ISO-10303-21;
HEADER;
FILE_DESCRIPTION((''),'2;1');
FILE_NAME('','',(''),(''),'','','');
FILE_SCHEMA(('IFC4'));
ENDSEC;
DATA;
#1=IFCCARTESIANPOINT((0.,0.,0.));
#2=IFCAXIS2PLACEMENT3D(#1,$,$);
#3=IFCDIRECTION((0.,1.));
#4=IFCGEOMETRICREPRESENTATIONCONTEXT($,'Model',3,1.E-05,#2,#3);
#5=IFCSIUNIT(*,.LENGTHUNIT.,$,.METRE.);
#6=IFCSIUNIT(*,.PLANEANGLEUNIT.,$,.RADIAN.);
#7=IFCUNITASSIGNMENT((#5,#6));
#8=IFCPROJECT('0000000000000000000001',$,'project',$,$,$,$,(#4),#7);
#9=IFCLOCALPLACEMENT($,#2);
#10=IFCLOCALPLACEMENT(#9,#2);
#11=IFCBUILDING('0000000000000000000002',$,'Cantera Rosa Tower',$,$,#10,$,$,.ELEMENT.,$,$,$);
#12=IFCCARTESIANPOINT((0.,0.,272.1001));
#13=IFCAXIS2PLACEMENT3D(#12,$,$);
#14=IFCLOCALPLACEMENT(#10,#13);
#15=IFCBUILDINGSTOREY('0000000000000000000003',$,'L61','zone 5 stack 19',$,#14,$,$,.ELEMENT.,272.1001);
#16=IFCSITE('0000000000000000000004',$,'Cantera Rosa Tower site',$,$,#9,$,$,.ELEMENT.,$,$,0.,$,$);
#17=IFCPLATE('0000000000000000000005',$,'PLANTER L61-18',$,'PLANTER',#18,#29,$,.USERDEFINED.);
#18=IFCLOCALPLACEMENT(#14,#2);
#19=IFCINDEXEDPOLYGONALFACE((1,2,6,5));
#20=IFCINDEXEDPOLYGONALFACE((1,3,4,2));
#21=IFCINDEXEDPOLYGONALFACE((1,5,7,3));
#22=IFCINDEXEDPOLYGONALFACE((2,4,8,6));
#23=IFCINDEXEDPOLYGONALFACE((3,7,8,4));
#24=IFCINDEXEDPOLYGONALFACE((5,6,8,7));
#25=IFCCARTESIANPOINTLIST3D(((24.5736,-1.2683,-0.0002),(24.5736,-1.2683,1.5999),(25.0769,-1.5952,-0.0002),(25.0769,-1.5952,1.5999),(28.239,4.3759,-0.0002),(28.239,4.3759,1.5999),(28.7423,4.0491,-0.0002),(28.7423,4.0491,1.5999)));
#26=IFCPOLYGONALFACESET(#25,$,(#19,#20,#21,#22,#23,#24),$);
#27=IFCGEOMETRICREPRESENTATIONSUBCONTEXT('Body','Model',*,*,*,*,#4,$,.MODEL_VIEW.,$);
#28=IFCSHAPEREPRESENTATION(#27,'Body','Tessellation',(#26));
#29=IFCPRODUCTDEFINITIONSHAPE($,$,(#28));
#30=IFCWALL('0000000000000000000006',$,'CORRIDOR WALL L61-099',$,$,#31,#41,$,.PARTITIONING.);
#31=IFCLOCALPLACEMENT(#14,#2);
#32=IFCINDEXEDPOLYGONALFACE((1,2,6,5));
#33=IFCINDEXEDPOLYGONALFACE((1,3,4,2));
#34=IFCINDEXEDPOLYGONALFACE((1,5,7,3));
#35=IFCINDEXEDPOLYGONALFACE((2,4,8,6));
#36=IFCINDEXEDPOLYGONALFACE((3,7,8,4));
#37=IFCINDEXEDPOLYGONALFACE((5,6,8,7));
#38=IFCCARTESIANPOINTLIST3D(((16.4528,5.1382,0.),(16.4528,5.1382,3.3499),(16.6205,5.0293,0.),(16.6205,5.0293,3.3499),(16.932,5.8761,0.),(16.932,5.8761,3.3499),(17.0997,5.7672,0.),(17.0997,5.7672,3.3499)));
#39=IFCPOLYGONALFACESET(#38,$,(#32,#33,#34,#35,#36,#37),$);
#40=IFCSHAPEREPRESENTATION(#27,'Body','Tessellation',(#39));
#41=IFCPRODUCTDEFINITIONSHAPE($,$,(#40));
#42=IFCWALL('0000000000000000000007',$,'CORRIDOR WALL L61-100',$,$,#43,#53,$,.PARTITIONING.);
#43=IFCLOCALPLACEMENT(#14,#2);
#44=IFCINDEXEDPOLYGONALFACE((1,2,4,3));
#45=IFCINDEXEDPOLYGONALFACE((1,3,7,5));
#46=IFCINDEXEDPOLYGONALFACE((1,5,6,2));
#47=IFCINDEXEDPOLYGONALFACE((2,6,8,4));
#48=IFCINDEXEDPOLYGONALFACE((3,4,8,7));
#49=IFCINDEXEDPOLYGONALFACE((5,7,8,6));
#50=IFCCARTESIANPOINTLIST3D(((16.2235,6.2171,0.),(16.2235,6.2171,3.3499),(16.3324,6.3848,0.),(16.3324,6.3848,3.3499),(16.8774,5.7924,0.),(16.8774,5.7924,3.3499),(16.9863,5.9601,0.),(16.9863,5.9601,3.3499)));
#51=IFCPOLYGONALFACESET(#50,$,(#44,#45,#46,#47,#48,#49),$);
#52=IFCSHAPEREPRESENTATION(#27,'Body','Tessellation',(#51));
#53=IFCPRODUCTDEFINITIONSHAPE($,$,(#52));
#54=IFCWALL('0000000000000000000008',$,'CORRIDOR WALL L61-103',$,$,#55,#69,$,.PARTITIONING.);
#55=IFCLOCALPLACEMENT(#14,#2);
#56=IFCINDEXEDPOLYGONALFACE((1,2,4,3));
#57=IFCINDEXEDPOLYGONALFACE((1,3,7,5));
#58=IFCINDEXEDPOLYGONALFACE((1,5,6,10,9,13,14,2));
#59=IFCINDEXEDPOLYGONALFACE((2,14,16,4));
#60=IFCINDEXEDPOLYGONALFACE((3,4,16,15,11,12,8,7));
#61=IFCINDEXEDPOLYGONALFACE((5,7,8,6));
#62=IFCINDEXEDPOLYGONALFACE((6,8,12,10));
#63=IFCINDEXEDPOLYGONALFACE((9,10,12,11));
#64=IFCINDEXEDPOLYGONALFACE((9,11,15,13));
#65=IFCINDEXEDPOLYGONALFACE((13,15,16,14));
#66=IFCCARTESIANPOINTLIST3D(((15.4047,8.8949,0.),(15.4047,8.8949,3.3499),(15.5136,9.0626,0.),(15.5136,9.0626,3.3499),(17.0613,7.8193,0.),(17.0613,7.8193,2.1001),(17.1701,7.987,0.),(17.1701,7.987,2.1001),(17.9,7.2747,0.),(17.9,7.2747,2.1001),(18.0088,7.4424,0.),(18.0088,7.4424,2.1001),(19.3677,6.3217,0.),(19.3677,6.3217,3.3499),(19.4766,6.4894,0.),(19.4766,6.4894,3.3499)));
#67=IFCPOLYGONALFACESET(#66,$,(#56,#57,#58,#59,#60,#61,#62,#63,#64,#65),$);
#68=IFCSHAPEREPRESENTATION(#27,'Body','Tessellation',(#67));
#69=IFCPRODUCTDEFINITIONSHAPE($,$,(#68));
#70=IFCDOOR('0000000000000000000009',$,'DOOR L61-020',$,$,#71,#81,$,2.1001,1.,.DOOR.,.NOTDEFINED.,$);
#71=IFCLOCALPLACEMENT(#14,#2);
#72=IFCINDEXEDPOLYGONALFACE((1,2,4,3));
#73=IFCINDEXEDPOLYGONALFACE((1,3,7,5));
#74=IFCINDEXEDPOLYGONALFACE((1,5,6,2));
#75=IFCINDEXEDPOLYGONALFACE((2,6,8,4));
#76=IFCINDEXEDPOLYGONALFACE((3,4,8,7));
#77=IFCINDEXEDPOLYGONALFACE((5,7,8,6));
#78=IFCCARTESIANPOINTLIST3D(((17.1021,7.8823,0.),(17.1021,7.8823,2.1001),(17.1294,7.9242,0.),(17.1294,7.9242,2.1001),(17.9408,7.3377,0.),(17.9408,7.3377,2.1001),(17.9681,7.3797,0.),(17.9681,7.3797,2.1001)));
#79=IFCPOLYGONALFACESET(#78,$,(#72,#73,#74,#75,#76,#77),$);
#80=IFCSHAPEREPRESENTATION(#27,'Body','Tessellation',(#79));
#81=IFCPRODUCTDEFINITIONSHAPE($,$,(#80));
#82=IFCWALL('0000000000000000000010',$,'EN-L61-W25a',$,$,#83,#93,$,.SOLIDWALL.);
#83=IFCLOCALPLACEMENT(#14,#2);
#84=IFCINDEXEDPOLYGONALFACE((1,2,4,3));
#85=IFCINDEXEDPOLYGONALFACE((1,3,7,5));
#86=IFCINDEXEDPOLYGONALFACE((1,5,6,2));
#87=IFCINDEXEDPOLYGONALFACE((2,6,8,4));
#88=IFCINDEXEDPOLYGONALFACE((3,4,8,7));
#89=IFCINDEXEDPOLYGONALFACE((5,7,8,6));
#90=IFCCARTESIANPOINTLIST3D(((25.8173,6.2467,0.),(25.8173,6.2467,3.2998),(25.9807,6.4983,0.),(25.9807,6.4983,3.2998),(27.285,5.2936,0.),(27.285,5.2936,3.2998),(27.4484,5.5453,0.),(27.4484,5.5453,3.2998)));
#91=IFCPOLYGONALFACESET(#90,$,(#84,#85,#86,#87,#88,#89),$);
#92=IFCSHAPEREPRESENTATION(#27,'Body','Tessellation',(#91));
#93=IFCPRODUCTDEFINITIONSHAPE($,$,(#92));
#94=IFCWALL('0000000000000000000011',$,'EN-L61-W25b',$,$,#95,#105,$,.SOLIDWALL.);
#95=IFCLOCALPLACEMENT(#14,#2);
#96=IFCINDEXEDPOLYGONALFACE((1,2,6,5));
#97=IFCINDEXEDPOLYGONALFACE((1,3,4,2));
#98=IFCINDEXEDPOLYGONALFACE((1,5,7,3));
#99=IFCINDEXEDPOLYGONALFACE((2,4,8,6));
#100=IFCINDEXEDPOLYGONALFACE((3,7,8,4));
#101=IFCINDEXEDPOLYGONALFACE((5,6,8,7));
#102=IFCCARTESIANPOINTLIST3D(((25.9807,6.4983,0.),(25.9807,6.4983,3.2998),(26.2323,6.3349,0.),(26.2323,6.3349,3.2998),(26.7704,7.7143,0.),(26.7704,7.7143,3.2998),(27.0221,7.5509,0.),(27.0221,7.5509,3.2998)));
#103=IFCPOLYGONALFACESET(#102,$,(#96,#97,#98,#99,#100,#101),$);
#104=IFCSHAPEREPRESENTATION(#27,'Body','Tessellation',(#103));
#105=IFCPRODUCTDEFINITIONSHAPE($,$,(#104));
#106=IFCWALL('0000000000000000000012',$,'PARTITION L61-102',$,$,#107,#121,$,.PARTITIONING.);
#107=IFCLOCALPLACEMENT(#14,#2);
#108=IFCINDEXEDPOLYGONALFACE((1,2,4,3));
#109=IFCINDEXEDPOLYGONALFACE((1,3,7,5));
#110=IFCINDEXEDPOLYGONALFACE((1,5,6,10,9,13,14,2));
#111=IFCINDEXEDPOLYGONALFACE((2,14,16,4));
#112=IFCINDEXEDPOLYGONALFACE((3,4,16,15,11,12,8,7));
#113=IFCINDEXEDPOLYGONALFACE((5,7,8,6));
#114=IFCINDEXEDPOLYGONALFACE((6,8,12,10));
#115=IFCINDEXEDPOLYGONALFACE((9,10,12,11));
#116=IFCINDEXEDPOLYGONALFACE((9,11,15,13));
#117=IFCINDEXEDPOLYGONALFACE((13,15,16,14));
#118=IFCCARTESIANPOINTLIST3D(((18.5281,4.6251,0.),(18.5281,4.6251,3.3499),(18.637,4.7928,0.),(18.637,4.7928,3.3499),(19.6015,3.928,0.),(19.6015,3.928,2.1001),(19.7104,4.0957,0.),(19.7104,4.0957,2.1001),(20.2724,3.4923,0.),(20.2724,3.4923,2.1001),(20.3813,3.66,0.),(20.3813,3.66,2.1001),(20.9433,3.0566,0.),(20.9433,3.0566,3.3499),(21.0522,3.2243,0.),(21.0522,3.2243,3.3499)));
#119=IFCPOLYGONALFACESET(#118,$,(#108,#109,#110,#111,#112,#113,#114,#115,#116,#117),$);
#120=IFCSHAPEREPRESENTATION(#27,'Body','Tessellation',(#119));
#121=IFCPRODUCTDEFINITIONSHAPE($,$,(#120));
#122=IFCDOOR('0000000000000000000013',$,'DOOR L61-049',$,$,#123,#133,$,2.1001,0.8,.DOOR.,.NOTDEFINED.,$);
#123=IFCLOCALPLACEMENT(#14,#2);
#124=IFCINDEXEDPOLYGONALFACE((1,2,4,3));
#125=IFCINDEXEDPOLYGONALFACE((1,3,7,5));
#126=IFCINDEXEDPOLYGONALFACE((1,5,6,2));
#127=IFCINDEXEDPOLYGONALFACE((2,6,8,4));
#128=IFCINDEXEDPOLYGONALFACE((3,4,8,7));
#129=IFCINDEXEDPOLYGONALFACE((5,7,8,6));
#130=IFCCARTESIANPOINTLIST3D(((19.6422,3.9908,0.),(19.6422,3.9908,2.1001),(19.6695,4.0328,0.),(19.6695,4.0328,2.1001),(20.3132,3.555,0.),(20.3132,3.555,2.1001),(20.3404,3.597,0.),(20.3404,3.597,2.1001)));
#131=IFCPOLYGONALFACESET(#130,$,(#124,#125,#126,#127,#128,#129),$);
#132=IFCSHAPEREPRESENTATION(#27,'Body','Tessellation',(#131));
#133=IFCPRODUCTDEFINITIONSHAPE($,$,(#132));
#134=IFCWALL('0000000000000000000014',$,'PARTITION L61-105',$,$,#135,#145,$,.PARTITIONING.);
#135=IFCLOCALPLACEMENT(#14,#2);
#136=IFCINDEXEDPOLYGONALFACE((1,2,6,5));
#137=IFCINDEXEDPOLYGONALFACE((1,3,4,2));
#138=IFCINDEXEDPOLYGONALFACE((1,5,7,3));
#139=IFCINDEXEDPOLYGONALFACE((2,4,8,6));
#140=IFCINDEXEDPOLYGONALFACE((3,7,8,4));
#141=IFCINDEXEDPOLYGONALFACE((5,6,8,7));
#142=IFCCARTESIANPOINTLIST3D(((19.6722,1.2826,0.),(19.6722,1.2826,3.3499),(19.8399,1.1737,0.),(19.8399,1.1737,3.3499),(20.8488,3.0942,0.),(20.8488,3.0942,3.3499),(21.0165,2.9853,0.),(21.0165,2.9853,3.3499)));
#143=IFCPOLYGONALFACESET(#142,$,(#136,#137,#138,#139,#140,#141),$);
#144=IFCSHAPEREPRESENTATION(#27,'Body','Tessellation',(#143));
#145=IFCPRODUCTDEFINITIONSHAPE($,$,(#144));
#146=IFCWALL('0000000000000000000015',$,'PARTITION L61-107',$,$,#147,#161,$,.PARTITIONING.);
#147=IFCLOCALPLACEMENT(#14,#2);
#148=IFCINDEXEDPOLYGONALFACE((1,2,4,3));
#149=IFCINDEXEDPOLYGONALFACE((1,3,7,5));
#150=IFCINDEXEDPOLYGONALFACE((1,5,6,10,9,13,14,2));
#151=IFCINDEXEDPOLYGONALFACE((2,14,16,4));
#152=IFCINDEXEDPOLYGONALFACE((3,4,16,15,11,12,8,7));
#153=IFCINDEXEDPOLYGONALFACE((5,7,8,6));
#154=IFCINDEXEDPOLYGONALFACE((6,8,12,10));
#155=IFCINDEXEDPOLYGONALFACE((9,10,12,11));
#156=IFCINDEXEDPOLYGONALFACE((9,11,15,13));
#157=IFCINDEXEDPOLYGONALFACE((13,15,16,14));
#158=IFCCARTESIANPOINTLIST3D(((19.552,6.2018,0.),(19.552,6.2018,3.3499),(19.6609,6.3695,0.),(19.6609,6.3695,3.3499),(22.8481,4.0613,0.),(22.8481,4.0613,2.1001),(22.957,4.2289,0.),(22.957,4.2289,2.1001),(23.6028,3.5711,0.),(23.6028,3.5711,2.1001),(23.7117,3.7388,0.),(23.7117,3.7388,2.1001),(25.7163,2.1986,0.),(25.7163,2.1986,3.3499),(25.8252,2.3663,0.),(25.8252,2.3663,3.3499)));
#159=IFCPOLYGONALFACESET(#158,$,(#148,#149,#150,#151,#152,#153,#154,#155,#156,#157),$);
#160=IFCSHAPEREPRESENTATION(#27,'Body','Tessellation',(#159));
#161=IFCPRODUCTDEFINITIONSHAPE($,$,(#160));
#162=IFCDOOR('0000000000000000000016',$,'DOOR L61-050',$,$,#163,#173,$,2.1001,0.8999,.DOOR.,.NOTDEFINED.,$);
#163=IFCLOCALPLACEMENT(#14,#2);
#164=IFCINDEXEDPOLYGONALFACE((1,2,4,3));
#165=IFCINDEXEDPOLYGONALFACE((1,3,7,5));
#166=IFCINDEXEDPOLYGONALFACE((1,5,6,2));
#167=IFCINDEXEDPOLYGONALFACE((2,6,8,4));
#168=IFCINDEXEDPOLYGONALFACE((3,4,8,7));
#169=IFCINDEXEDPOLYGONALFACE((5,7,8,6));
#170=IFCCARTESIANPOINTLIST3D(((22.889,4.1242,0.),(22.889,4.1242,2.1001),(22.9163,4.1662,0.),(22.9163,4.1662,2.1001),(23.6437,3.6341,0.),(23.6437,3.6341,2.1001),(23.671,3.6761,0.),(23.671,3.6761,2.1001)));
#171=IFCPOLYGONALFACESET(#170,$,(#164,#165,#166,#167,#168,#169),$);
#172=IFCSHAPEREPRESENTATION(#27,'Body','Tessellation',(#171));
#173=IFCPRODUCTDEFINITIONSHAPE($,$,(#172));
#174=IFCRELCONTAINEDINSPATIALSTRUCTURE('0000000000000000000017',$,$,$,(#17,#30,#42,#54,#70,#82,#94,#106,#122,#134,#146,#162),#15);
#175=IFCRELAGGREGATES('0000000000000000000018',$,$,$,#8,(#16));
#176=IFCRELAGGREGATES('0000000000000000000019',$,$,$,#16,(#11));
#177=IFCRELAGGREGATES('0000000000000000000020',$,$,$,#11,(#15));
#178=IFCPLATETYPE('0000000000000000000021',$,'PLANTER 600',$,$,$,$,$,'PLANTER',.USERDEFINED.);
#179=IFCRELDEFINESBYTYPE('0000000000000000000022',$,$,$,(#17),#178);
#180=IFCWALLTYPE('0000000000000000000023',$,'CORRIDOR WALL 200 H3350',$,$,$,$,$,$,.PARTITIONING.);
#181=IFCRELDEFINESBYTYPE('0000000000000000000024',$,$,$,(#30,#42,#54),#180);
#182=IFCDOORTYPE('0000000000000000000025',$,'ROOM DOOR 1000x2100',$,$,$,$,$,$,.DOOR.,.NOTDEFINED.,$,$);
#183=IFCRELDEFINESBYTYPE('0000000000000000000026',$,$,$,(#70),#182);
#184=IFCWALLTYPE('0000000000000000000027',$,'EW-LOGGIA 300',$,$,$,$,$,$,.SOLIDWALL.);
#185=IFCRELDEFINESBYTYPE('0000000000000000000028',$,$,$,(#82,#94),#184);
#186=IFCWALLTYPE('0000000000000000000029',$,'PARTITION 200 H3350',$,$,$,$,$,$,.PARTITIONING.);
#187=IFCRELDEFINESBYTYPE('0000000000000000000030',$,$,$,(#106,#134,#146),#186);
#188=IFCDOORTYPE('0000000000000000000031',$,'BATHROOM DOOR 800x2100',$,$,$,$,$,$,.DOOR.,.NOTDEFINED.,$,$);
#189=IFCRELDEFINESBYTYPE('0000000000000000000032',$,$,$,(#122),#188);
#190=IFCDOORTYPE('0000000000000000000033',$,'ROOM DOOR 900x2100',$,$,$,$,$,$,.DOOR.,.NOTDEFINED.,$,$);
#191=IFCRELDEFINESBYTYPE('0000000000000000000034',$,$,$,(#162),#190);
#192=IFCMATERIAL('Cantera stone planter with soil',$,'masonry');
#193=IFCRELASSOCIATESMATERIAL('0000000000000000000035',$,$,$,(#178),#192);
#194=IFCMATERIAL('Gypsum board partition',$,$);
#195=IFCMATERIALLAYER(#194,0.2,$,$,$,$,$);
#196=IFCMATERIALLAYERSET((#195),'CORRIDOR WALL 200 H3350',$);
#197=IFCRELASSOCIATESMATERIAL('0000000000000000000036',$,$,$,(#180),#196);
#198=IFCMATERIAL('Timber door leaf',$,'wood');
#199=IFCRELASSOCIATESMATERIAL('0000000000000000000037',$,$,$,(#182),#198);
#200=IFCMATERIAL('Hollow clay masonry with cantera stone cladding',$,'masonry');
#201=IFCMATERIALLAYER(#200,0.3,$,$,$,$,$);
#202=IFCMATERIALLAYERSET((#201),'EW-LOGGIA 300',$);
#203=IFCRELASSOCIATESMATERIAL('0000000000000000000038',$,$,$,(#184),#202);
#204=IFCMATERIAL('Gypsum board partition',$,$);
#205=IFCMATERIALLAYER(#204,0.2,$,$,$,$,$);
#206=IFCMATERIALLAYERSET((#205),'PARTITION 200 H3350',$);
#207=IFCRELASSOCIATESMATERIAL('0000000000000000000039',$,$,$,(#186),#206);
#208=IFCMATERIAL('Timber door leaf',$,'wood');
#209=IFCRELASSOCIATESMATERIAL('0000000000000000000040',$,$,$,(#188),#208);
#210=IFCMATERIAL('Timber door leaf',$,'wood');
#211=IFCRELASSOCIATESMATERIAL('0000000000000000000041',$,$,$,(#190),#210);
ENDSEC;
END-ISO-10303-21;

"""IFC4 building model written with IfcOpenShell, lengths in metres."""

from ifc_helpers import new_model, si_unit, direction, frame, frame_2d, origin, origin_2d, place, context, subcontext, project, spatial, rectangle, extrude, material, layer, layer_set, type_object, element, fill, save


model = new_model("IFC4")

# Units and contexts
model_context = context("Model", 3, precision=1e-05, world=origin(), true_north=direction((0.0, 1.0)))
body_context = subcontext(model_context, "Body", "Model", "MODEL_VIEW")
ifc_project = project(units=[si_unit("LENGTHUNIT", "METRE"), si_unit("PLANEANGLEUNIT", "RADIAN")], contexts=[model_context])

# Site, building, storey
site_placement = place(None, origin())
site = spatial("IfcSite", under=ifc_project, at=site_placement, Name="Cantera Rosa Tower site", CompositionType="ELEMENT", RefElevation=0.0)
building_placement = place(site_placement, origin())
building = spatial("IfcBuilding", under=site, at=building_placement, Name="Cantera Rosa Tower", CompositionType="ELEMENT")
storey_placement = place(building_placement, frame((0.0, 0.0, 272.1001)))
storey = spatial("IfcBuildingStorey", under=building, at=storey_placement, Name="L61", Description="zone 5 stack 19", CompositionType="ELEMENT", Elevation=272.1001)

# Plate
ifc_material_1 = material(Name="Cantera stone planter with soil", Category="masonry")
plate_type = type_object("IfcPlateType", Name="PLANTER 600", ElementType="PLANTER", PredefinedType="USERDEFINED", material=ifc_material_1)
plate_placement = place(storey_placement, frame((26.658, 1.3904, -0.0002), z_axis=(0.0, 0.0, 1.0), x_axis=(0.544639, 0.838671, 0.0)))
element("IfcPlate", 1, at=plate_placement, inside=storey, type_object=plate_type, Name="PLANTER L61-18", ObjectType="PLANTER", PredefinedType="USERDEFINED", context=body_context, shape_type="SweptSolid", body=[
    extrude(rectangle(XDim=6.73, YDim=0.6001, at=origin_2d()), origin(), (0.0, 0.0, 1.0), 1.6001),
])

# Walls
ifc_material_2 = material(Name="Gypsum board partition")
ifc_layer_1 = layer(ifc_material_2, 0.2)
ifc_layer_set_1 = layer_set([ifc_layer_1], Name="CORRIDOR WALL 200 H3350")
wall_type_1 = type_object("IfcWallType", Name="CORRIDOR WALL 200 H3350", PredefinedType="PARTITIONING", material=ifc_layer_set_1)
wall_1_placement = place(storey_placement, frame((16.5366, 5.0837, 0.0), z_axis=(0.0, 0.0, 1.0), x_axis=(0.544608, 0.838691, 0.0)))
element("IfcWall", 2, at=wall_1_placement, inside=storey, type_object=wall_type_1, Name="CORRIDOR WALL L61-099", PredefinedType="PARTITIONING", context=body_context, shape_type="SweptSolid", body=[
    extrude(rectangle(XDim=0.8799, YDim=0.2, at=frame_2d((0.4399, 0.0))), origin(), (0.0, 0.0, 1.0), 3.3499),
])
wall_2_placement = place(storey_placement, frame((16.9319, 5.8762, 0.0), z_axis=(0.0, 0.0, 1.0), x_axis=(-0.838637, 0.544691, 0.0)))
element("IfcWall", 3, at=wall_2_placement, inside=storey, type_object=wall_type_1, Name="CORRIDOR WALL L61-100", PredefinedType="PARTITIONING", context=body_context, shape_type="SweptSolid", body=[
    extrude(rectangle(XDim=0.7798, YDim=0.2, at=frame_2d((0.3899, 0.0))), origin(), (0.0, 0.0, 1.0), 3.3499),
])

# Wall, opening, door
wall_3_placement = place(storey_placement, frame((19.4221, 6.4055, 0.0), z_axis=(0.0, 0.0, 1.0), x_axis=(-0.838699, 0.544596, 0.0)))
wall_3 = element("IfcWall", 4, at=wall_3_placement, inside=storey, type_object=wall_type_1, Name="CORRIDOR WALL L61-103", PredefinedType="PARTITIONING", context=body_context, shape_type="SweptSolid", body=[
    extrude(rectangle(XDim=4.7251, YDim=0.2, at=frame_2d((2.3625, 0.0))), origin(), (0.0, 0.0, 1.0), 3.3499),
])
opening_1_placement = place(wall_3_placement, frame((1.75, 0.0, 0.0)))
opening_1 = element("IfcOpeningElement", 5, at=opening_1_placement, cuts=wall_3, PredefinedType="OPENING", context=body_context, shape_type="SweptSolid", body=[
    extrude(rectangle(XDim=1.0, YDim=2.1001, at=frame_2d((0.5, 1.05))), frame((0.0, 0.1099, 0.0), z_axis=(0.0, -1.0, 0.0), x_axis=(1.0, 0.0, 0.0)), (0.0, 0.0, 1.0), 0.22),
])
ifc_material_3 = material(Name="Timber door leaf", Category="wood")
door_type_1 = type_object("IfcDoorType", Name="ROOM DOOR 1000x2100", OperationType="NOTDEFINED", PredefinedType="DOOR", material=ifc_material_3)
door_1_placement = place(opening_1_placement, origin())
door_1 = element("IfcDoor", 6, at=door_1_placement, inside=storey, type_object=door_type_1, Name="DOOR L61-020", OperationType="NOTDEFINED", OverallHeight=2.1001, OverallWidth=1.0, PredefinedType="DOOR", context=body_context, shape_type="SweptSolid", body=[
    extrude(rectangle(XDim=1.0, YDim=2.1001, at=frame_2d((0.5, 1.05))), frame((0.0, 0.0249, 0.0), z_axis=(0.0, -1.0, 0.0), x_axis=(1.0, 0.0, 0.0)), (0.0, 0.0, 1.0), 0.05),
])
fill(opening_1, door_1)

# Walls
ifc_material_4 = material(Name="Hollow clay masonry with cantera stone cladding", Category="masonry")
ifc_layer_2 = layer(ifc_material_4, 0.3)
ifc_layer_set_2 = layer_set([ifc_layer_2], Name="EW-LOGGIA 300")
wall_type_2 = type_object("IfcWallType", Name="EW-LOGGIA 300", PredefinedType="SOLIDWALL", material=ifc_layer_set_2)
wall_4_placement = place(storey_placement, frame((27.3667, 5.4194, 0.0), z_axis=(0.0, 0.0, 1.0), x_axis=(-0.838686, 0.544616, 0.0)))
element("IfcWall", 7, at=wall_4_placement, inside=storey, type_object=wall_type_2, Name="EN-L61-W25a", PredefinedType="SOLIDWALL", context=body_context, shape_type="SweptSolid", body=[
    extrude(rectangle(XDim=1.75, YDim=0.3, at=frame_2d((0.875, 0.0))), origin(), (0.0, 0.0, 1.0), 3.2998),
])
wall_5_placement = place(storey_placement, frame((26.1064, 6.4165, 0.0), z_axis=(0.0, 0.0, 1.0), x_axis=(0.544675, 0.838647, 0.0)))
element("IfcWall", 8, at=wall_5_placement, inside=storey, type_object=wall_type_2, Name="EN-L61-W25b", PredefinedType="SOLIDWALL", context=body_context, shape_type="SweptSolid", body=[
    extrude(rectangle(XDim=1.45, YDim=0.3, at=frame_2d((0.7251, 0.0))), origin(), (0.0, 0.0, 1.0), 3.2998),
])

# Wall, opening, door
ifc_material_5 = material(Name="Gypsum board partition")
ifc_layer_3 = layer(ifc_material_5, 0.2)
ifc_layer_set_3 = layer_set([ifc_layer_3], Name="PARTITION 200 H3350")
wall_type_3 = type_object("IfcWallType", Name="PARTITION 200 H3350", PredefinedType="PARTITIONING", material=ifc_layer_set_3)
wall_6_placement = place(storey_placement, frame((18.5825, 4.709, 0.0), z_axis=(0.0, 0.0, 1.0), x_axis=(0.838655, -0.544664, 0.0)))
wall_6 = element("IfcWall", 9, at=wall_6_placement, inside=storey, type_object=wall_type_3, Name="PARTITION L61-102", PredefinedType="PARTITIONING", context=body_context, shape_type="SweptSolid", body=[
    extrude(rectangle(XDim=2.8799, YDim=0.2, at=frame_2d((1.4399, 0.0))), origin(), (0.0, 0.0, 1.0), 3.3499),
])
opening_2_placement = place(wall_6_placement, frame((1.28, 0.0, 0.0)))
opening_2 = element("IfcOpeningElement", 10, at=opening_2_placement, cuts=wall_6, PredefinedType="OPENING", context=body_context, shape_type="SweptSolid", body=[
    extrude(rectangle(XDim=0.8, YDim=2.1001, at=frame_2d((0.3999, 1.05))), frame((0.0, 0.1099, 0.0), z_axis=(0.0, -1.0, 0.0), x_axis=(1.0, 0.0, 0.0)), (0.0, 0.0, 1.0), 0.22),
])
ifc_material_6 = material(Name="Timber door leaf", Category="wood")
door_type_2 = type_object("IfcDoorType", Name="BATHROOM DOOR 800x2100", OperationType="NOTDEFINED", PredefinedType="DOOR", material=ifc_material_6)
door_2_placement = place(opening_2_placement, origin())
door_2 = element("IfcDoor", 11, at=door_2_placement, inside=storey, type_object=door_type_2, Name="DOOR L61-049", OperationType="NOTDEFINED", OverallHeight=2.1001, OverallWidth=0.8, PredefinedType="DOOR", context=body_context, shape_type="SweptSolid", body=[
    extrude(rectangle(XDim=0.8, YDim=2.1001, at=frame_2d((0.3999, 1.05))), frame((0.0, 0.0249, 0.0), z_axis=(0.0, -1.0, 0.0), x_axis=(1.0, 0.0, 0.0)), (0.0, 0.0, 1.0), 0.05),
])
fill(opening_2, door_2)

# Wall
wall_7_placement = place(storey_placement, frame((20.9326, 3.0398, 0.0), z_axis=(0.0, 0.0, 1.0), x_axis=(-0.54467, -0.83865, 0.0)))
element("IfcWall", 12, at=wall_7_placement, inside=storey, type_object=wall_type_3, Name="PARTITION L61-105", PredefinedType="PARTITIONING", context=body_context, shape_type="SweptSolid", body=[
    extrude(rectangle(XDim=2.1602, YDim=0.2, at=frame_2d((1.0801, 0.0))), origin(), (0.0, 0.0, 1.0), 3.3499),
])

# Wall, opening, door
wall_8_placement = place(storey_placement, frame((25.7708, 2.2825, 0.0), z_axis=(0.0, 0.0, 1.0), x_axis=(-0.838669, 0.544642, 0.0)))
wall_8 = element("IfcWall", 13, at=wall_8_placement, inside=storey, type_object=wall_type_3, Name="PARTITION L61-107", PredefinedType="PARTITIONING", context=body_context, shape_type="SweptSolid", body=[
    extrude(rectangle(XDim=7.3501, YDim=0.2, at=frame_2d((3.675, 0.0))), origin(), (0.0, 0.0, 1.0), 3.3499),
])
opening_3_placement = place(wall_8_placement, frame((2.52, 0.0, 0.0)))
opening_3 = element("IfcOpeningElement", 14, at=opening_3_placement, cuts=wall_8, PredefinedType="OPENING", context=body_context, shape_type="SweptSolid", body=[
    extrude(rectangle(XDim=0.8999, YDim=2.1001, at=frame_2d((0.45, 1.05))), frame((0.0, 0.1099, 0.0), z_axis=(0.0, -1.0, 0.0), x_axis=(1.0, 0.0, 0.0)), (0.0, 0.0, 1.0), 0.22),
])
ifc_material_7 = material(Name="Timber door leaf", Category="wood")
door_type_3 = type_object("IfcDoorType", Name="ROOM DOOR 900x2100", OperationType="NOTDEFINED", PredefinedType="DOOR", material=ifc_material_7)
door_3_placement = place(opening_3_placement, origin())
door_3 = element("IfcDoor", 15, at=door_3_placement, inside=storey, type_object=door_type_3, Name="DOOR L61-050", OperationType="NOTDEFINED", OverallHeight=2.1001, OverallWidth=0.8999, PredefinedType="DOOR", context=body_context, shape_type="SweptSolid", body=[
    extrude(rectangle(XDim=0.8999, YDim=2.1001, at=frame_2d((0.45, 1.05))), frame((0.0, 0.0249, 0.0), z_axis=(0.0, -1.0, 0.0), x_axis=(1.0, 0.0, 0.0)), (0.0, 0.0, 1.0), 0.05),
])
fill(opening_3, door_3)

save(model, "model.ifc")
